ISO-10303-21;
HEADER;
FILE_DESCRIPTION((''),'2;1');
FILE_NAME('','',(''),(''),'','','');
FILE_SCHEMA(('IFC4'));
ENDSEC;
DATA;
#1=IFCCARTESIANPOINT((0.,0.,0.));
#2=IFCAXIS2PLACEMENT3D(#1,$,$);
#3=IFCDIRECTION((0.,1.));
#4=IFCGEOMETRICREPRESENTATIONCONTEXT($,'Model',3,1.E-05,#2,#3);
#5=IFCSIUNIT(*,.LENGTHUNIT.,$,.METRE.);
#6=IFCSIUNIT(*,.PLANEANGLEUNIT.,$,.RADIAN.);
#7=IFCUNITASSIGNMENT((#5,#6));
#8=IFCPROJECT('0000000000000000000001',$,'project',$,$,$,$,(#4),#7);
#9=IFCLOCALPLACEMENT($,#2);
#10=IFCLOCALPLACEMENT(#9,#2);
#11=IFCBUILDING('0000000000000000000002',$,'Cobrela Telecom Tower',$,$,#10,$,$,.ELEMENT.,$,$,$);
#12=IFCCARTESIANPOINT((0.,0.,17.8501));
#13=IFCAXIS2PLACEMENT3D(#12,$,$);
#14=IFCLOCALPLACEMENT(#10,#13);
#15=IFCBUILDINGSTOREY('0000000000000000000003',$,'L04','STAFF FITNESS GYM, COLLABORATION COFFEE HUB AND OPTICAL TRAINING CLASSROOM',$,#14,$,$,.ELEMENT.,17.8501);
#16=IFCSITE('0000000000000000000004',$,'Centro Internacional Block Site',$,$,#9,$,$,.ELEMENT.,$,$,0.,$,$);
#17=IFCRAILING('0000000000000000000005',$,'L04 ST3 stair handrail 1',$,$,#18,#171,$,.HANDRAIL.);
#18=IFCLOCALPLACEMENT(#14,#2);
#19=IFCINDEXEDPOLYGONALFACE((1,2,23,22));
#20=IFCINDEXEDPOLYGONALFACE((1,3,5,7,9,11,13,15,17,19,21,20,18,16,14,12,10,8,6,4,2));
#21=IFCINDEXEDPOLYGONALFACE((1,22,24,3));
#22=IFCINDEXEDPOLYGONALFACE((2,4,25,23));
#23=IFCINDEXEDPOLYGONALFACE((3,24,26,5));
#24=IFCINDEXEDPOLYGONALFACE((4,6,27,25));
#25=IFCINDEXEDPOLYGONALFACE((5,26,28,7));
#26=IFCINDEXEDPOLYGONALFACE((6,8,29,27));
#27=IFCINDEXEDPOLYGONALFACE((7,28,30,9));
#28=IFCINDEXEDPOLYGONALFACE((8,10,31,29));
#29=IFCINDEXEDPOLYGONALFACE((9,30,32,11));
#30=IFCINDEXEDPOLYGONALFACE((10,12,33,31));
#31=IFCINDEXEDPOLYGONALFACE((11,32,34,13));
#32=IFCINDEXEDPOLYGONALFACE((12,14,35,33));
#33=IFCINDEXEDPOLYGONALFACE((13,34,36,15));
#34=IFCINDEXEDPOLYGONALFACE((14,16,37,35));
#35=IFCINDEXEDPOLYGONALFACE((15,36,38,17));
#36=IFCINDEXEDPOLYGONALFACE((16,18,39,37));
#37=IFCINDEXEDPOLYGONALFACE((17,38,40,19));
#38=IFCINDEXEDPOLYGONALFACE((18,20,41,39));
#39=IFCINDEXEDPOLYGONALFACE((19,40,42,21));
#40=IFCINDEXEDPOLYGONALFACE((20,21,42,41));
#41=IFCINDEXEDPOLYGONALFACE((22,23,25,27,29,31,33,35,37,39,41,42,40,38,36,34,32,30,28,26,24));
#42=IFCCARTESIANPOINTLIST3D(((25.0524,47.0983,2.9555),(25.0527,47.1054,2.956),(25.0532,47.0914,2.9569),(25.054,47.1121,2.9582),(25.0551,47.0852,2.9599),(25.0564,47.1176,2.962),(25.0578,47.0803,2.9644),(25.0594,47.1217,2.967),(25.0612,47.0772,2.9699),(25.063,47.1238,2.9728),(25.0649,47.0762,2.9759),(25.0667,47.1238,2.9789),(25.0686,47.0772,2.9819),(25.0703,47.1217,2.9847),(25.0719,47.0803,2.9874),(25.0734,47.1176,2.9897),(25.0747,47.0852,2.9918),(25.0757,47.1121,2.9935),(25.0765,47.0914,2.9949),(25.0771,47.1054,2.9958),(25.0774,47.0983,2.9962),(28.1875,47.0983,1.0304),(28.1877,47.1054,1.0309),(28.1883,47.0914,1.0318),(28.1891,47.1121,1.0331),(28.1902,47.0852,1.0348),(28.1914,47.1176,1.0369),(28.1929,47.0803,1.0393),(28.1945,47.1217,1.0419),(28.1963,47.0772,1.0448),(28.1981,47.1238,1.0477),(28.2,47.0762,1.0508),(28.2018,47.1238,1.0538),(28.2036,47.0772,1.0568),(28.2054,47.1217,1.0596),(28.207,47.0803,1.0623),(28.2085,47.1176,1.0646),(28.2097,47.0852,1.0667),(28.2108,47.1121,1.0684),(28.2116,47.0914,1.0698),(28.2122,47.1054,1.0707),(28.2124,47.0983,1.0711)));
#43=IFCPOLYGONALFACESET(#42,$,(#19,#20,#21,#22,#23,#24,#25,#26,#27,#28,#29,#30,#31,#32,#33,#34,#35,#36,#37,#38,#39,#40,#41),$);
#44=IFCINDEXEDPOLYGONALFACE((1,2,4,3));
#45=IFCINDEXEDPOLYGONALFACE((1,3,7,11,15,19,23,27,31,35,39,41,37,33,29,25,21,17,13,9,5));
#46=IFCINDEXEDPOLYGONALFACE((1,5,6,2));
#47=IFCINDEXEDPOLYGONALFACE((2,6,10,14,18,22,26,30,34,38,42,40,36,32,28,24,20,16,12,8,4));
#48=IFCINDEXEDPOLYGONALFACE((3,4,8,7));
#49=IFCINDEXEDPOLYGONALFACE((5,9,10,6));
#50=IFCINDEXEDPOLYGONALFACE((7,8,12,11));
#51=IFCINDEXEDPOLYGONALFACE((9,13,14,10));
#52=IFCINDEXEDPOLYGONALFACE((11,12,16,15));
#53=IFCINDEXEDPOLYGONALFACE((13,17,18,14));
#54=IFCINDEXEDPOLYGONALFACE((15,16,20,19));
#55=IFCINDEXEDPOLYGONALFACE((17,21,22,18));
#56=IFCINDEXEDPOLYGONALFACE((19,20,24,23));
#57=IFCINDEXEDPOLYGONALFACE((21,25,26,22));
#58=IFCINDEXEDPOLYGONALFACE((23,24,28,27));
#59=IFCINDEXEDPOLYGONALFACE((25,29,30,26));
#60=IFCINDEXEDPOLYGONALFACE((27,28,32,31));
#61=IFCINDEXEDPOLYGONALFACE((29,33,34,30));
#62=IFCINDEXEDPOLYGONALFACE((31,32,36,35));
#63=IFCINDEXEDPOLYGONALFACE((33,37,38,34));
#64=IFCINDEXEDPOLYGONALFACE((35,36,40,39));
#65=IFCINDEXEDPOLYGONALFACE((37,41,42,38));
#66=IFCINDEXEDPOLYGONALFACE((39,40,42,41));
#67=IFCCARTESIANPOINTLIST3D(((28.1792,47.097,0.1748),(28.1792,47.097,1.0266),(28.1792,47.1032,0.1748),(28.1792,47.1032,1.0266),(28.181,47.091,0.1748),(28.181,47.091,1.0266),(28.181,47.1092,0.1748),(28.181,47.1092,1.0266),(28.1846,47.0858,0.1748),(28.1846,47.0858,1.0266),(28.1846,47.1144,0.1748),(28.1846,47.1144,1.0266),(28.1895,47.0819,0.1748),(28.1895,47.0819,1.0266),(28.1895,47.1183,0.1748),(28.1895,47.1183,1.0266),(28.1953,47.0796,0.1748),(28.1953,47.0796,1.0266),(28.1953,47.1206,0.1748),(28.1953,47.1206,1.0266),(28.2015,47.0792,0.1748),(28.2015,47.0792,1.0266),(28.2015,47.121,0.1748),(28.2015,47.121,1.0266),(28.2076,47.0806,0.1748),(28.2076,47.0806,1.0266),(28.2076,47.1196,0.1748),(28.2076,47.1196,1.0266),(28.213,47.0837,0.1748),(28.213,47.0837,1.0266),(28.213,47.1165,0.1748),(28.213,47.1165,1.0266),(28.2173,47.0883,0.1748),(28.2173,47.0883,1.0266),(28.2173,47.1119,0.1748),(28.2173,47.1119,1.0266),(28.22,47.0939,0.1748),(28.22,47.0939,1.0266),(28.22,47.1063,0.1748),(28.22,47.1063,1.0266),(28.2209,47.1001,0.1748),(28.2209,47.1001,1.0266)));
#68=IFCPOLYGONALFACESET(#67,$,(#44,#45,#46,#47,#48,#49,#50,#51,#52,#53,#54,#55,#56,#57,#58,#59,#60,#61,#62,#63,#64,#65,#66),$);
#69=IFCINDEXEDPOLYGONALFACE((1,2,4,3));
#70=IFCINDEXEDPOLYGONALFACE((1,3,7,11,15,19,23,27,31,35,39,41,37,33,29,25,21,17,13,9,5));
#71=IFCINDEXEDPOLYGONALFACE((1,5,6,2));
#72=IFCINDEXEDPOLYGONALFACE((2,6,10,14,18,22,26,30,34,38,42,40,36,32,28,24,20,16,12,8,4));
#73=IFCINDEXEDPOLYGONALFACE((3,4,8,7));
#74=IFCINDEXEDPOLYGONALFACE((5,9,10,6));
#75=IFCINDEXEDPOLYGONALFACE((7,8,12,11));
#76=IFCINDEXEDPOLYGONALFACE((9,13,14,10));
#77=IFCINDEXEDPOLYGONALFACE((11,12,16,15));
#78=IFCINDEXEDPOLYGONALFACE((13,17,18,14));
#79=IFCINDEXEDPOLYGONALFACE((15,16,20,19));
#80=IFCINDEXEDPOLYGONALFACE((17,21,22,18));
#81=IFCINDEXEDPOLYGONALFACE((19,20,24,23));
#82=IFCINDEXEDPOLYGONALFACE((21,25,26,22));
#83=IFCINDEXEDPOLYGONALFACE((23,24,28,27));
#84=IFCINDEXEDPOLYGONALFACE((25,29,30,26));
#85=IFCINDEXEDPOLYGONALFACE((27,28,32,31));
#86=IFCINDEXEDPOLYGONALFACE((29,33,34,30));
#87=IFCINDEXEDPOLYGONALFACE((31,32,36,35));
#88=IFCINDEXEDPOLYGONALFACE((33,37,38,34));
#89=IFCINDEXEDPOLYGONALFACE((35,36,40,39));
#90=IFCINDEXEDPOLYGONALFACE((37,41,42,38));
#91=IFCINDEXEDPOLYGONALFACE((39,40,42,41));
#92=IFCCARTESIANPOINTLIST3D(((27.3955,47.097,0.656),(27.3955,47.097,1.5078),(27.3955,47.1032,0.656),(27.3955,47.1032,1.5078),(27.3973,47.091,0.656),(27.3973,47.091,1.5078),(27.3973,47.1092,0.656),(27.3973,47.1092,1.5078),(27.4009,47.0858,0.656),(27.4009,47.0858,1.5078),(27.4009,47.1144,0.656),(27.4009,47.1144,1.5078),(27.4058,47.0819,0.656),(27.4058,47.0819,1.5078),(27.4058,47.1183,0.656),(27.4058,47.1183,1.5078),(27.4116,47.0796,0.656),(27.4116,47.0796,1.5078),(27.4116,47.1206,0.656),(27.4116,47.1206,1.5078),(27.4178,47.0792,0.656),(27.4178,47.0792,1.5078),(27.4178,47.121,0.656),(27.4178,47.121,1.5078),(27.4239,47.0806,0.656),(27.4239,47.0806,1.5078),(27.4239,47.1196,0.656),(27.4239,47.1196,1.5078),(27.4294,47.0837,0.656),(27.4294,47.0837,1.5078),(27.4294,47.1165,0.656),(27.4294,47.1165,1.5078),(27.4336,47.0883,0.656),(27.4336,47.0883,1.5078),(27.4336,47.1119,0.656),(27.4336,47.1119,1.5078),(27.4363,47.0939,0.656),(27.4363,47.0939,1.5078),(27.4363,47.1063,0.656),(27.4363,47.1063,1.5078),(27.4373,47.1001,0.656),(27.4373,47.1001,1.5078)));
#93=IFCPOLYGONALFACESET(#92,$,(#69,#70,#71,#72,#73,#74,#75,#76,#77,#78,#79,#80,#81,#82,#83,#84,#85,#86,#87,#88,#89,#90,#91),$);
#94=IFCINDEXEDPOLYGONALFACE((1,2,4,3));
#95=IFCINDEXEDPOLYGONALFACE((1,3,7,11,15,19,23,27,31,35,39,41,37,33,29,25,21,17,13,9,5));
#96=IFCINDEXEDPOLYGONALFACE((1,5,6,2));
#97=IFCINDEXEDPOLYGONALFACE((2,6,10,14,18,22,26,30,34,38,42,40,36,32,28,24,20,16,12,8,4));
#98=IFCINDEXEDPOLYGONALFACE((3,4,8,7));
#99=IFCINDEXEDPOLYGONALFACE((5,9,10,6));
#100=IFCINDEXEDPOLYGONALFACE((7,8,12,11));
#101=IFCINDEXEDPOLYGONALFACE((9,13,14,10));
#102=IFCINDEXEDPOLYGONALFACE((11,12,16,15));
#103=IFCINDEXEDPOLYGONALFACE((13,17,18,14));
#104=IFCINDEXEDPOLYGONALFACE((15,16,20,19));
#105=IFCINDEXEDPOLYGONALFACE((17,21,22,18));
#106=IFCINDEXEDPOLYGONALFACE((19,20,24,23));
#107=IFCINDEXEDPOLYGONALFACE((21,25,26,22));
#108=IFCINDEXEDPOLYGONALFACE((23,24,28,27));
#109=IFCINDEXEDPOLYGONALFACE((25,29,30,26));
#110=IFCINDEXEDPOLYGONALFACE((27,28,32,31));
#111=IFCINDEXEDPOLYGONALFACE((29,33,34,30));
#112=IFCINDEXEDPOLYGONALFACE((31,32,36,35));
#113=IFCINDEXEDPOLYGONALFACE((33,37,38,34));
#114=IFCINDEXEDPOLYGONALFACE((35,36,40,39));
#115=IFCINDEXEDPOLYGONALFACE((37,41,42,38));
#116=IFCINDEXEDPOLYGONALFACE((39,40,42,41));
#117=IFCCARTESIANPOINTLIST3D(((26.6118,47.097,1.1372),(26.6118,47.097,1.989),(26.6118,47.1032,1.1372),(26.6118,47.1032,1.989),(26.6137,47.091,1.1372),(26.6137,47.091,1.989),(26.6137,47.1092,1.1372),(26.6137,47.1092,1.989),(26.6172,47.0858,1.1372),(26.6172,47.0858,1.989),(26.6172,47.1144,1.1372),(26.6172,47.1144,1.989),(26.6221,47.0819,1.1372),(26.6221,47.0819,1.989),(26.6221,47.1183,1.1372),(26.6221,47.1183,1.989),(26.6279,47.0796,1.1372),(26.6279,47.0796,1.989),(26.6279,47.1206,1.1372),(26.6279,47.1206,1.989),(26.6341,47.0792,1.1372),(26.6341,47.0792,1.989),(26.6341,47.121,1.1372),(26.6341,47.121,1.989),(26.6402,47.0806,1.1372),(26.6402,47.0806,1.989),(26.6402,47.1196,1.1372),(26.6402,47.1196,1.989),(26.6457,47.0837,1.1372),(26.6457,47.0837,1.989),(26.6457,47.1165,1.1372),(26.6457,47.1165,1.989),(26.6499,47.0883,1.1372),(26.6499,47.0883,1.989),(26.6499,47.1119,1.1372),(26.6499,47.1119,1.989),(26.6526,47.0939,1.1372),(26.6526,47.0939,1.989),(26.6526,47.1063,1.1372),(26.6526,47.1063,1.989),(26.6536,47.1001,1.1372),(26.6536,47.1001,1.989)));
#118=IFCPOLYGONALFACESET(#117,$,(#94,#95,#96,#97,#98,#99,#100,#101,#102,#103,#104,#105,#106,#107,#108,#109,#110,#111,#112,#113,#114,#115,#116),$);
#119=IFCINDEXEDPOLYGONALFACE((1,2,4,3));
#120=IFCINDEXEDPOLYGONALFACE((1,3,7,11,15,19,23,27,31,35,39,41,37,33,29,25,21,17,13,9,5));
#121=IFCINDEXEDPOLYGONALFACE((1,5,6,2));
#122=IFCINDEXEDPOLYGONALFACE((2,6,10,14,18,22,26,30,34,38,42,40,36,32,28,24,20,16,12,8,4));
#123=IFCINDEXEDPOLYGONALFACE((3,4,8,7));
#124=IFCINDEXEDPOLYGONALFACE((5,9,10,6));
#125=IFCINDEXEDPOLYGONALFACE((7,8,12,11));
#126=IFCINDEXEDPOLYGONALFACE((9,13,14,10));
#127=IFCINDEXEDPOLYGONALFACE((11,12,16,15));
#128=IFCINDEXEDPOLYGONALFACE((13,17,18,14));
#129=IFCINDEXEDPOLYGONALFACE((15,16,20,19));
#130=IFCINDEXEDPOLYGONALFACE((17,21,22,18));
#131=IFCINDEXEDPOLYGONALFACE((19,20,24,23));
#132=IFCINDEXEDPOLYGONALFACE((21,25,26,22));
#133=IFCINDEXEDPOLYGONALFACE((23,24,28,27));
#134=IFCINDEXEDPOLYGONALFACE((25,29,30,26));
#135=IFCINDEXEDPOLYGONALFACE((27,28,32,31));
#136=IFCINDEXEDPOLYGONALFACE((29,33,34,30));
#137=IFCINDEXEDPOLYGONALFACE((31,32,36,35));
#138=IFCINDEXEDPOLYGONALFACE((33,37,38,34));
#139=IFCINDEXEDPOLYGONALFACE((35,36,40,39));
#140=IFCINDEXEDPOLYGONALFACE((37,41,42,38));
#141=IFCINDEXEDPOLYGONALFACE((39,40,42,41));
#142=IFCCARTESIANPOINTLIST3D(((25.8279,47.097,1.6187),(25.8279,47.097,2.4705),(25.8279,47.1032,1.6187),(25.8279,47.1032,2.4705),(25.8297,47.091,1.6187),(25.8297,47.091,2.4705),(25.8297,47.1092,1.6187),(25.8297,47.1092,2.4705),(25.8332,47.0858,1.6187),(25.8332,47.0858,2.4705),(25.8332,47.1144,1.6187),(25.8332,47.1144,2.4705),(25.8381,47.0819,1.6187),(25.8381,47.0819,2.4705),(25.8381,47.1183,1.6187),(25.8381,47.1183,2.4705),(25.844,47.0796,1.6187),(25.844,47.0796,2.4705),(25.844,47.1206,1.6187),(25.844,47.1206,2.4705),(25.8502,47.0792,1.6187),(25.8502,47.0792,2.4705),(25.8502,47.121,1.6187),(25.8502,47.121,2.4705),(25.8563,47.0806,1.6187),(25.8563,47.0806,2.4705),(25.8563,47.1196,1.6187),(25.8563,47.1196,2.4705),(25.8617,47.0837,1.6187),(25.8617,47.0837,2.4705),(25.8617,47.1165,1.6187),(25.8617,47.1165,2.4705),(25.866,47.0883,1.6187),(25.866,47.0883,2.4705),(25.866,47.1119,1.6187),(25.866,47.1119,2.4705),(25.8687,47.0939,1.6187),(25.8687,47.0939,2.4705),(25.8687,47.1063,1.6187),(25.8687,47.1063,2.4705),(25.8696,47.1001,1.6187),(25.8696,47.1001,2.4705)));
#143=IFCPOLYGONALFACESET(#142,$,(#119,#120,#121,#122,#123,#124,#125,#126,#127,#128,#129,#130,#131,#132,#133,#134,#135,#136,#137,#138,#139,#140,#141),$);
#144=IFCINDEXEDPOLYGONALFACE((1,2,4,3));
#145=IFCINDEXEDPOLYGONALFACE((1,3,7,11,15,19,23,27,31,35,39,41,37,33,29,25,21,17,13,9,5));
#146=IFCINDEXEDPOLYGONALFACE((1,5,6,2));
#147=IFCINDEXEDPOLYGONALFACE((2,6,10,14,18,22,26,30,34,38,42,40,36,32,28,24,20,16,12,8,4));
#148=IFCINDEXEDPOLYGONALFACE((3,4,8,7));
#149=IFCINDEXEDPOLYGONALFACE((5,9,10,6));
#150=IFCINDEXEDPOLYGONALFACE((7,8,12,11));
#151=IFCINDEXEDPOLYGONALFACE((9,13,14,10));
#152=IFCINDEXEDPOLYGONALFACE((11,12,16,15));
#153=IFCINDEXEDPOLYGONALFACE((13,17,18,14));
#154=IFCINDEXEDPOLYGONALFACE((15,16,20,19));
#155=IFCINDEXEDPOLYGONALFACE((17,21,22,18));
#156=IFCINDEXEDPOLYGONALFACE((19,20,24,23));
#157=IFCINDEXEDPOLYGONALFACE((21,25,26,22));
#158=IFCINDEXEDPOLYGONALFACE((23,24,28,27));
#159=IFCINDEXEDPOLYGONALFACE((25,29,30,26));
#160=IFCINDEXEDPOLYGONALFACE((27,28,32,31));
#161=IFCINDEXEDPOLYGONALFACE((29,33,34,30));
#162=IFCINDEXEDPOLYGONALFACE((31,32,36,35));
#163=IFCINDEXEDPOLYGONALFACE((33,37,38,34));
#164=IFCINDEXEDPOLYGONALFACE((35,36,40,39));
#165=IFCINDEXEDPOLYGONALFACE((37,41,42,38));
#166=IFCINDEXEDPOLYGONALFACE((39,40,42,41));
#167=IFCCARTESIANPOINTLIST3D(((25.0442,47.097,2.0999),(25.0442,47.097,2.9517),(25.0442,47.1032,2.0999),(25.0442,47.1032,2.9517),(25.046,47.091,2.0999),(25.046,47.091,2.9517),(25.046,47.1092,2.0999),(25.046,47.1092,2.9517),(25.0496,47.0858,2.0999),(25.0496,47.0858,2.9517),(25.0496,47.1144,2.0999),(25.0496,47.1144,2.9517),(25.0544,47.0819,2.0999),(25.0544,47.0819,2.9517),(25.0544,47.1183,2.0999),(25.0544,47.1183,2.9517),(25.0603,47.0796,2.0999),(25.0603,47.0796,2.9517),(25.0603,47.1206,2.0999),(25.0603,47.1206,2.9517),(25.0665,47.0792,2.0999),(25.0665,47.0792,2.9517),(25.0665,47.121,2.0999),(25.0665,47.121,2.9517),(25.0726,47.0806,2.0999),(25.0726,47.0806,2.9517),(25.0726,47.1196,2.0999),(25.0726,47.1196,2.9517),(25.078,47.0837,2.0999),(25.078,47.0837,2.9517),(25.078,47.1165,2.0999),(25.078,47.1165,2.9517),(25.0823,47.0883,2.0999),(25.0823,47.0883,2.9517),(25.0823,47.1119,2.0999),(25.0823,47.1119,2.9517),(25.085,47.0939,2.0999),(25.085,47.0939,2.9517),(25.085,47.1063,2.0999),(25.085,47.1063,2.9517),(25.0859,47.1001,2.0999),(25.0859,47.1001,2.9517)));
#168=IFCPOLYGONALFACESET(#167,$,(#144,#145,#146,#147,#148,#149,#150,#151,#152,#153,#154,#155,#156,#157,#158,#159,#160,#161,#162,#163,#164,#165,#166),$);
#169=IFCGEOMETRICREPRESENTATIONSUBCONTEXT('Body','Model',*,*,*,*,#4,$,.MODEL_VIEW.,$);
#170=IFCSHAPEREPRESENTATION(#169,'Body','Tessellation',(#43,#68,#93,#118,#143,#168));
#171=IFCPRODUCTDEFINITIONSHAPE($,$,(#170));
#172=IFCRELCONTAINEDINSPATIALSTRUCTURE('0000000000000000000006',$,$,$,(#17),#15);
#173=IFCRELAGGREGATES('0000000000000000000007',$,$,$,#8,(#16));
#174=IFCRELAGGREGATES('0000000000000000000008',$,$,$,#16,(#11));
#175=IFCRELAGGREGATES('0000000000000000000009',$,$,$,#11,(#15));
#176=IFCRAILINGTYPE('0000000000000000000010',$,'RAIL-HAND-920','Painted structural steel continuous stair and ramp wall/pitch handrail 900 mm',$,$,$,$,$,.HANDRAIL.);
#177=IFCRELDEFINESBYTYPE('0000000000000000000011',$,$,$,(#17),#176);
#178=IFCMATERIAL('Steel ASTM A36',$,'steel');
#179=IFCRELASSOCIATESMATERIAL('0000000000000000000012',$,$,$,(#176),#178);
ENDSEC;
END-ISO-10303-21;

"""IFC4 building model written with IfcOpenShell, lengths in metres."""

from ifc_helpers import new_model, si_unit, direction, frame, origin, origin_2d, place, context, subcontext, project, spatial, circle, extrude, material, type_object, element, save


model = new_model("IFC4")

# Units and contexts
model_context = context("Model", 3, precision=1e-05, world=origin(), true_north=direction((0.0, 1.0)))
body_context = subcontext(model_context, "Body", "Model", "MODEL_VIEW")
ifc_project = project(units=[si_unit("LENGTHUNIT", "METRE"), si_unit("PLANEANGLEUNIT", "RADIAN")], contexts=[model_context])

# Site, building, storey
site_placement = place(None, origin())
site = spatial("IfcSite", under=ifc_project, at=site_placement, Name="Centro Internacional Block Site", CompositionType="ELEMENT", RefElevation=0.0)
building_placement = place(site_placement, origin())
building = spatial("IfcBuilding", under=site, at=building_placement, Name="Cobrela Telecom Tower", CompositionType="ELEMENT")
storey_placement = place(building_placement, frame((0.0, 0.0, 17.8501)))
storey = spatial("IfcBuildingStorey", under=building, at=storey_placement, Name="L04", Description="STAFF FITNESS GYM, COLLABORATION COFFEE HUB AND OPTICAL TRAINING CLASSROOM", CompositionType="ELEMENT", Elevation=17.8501)

# Shared definitions
ifc_material_1 = material(Name="Steel ASTM A36", Category="steel")

# Railing
railing_type_1 = type_object("IfcRailingType", Name="RAIL-HAND-920", Description="Painted structural steel continuous stair and ramp wall/pitch handrail 900 mm", PredefinedType="HANDRAIL", material=ifc_material_1)
railing_1_placement = place(storey_placement, frame((28.2, 47.1001, 0.1748)))
element("IfcRailing", 1, at=railing_1_placement, inside=storey, type_object=railing_type_1, Name="L04 ST3 stair handrail 1", PredefinedType="HANDRAIL", context=body_context, shape_type="SweptSolid", body=[
    extrude(circle(Radius=0.0239, at=origin_2d()), frame((0.0, 0.0, 0.876), z_axis=(-0.852166, 0.0, 0.523271), x_axis=(0.0, -1.0, 0.0)), (0.0, 0.0, 1.0), 3.679),
    extrude(circle(Radius=0.021, at=origin_2d()), origin(), (0.0, 0.0, 1.0), 0.8518),
    extrude(circle(Radius=0.021, at=origin_2d()), frame((-0.7837, 0.0, 0.4812)), (0.0, 0.0, 1.0), 0.8518),
    extrude(circle(Radius=0.021, at=origin_2d()), frame((-1.5674, 0.0, 0.9624)), (0.0, 0.0, 1.0), 0.8518),
    extrude(circle(Radius=0.021, at=origin_2d()), frame((-2.3513, 0.0, 1.4438)), (0.0, 0.0, 1.0), 0.8518),
    extrude(circle(Radius=0.021, at=origin_2d()), frame((-3.135, 0.0, 1.925)), (0.0, 0.0, 1.0), 0.8518),
])

save(model, "model.ifc")
